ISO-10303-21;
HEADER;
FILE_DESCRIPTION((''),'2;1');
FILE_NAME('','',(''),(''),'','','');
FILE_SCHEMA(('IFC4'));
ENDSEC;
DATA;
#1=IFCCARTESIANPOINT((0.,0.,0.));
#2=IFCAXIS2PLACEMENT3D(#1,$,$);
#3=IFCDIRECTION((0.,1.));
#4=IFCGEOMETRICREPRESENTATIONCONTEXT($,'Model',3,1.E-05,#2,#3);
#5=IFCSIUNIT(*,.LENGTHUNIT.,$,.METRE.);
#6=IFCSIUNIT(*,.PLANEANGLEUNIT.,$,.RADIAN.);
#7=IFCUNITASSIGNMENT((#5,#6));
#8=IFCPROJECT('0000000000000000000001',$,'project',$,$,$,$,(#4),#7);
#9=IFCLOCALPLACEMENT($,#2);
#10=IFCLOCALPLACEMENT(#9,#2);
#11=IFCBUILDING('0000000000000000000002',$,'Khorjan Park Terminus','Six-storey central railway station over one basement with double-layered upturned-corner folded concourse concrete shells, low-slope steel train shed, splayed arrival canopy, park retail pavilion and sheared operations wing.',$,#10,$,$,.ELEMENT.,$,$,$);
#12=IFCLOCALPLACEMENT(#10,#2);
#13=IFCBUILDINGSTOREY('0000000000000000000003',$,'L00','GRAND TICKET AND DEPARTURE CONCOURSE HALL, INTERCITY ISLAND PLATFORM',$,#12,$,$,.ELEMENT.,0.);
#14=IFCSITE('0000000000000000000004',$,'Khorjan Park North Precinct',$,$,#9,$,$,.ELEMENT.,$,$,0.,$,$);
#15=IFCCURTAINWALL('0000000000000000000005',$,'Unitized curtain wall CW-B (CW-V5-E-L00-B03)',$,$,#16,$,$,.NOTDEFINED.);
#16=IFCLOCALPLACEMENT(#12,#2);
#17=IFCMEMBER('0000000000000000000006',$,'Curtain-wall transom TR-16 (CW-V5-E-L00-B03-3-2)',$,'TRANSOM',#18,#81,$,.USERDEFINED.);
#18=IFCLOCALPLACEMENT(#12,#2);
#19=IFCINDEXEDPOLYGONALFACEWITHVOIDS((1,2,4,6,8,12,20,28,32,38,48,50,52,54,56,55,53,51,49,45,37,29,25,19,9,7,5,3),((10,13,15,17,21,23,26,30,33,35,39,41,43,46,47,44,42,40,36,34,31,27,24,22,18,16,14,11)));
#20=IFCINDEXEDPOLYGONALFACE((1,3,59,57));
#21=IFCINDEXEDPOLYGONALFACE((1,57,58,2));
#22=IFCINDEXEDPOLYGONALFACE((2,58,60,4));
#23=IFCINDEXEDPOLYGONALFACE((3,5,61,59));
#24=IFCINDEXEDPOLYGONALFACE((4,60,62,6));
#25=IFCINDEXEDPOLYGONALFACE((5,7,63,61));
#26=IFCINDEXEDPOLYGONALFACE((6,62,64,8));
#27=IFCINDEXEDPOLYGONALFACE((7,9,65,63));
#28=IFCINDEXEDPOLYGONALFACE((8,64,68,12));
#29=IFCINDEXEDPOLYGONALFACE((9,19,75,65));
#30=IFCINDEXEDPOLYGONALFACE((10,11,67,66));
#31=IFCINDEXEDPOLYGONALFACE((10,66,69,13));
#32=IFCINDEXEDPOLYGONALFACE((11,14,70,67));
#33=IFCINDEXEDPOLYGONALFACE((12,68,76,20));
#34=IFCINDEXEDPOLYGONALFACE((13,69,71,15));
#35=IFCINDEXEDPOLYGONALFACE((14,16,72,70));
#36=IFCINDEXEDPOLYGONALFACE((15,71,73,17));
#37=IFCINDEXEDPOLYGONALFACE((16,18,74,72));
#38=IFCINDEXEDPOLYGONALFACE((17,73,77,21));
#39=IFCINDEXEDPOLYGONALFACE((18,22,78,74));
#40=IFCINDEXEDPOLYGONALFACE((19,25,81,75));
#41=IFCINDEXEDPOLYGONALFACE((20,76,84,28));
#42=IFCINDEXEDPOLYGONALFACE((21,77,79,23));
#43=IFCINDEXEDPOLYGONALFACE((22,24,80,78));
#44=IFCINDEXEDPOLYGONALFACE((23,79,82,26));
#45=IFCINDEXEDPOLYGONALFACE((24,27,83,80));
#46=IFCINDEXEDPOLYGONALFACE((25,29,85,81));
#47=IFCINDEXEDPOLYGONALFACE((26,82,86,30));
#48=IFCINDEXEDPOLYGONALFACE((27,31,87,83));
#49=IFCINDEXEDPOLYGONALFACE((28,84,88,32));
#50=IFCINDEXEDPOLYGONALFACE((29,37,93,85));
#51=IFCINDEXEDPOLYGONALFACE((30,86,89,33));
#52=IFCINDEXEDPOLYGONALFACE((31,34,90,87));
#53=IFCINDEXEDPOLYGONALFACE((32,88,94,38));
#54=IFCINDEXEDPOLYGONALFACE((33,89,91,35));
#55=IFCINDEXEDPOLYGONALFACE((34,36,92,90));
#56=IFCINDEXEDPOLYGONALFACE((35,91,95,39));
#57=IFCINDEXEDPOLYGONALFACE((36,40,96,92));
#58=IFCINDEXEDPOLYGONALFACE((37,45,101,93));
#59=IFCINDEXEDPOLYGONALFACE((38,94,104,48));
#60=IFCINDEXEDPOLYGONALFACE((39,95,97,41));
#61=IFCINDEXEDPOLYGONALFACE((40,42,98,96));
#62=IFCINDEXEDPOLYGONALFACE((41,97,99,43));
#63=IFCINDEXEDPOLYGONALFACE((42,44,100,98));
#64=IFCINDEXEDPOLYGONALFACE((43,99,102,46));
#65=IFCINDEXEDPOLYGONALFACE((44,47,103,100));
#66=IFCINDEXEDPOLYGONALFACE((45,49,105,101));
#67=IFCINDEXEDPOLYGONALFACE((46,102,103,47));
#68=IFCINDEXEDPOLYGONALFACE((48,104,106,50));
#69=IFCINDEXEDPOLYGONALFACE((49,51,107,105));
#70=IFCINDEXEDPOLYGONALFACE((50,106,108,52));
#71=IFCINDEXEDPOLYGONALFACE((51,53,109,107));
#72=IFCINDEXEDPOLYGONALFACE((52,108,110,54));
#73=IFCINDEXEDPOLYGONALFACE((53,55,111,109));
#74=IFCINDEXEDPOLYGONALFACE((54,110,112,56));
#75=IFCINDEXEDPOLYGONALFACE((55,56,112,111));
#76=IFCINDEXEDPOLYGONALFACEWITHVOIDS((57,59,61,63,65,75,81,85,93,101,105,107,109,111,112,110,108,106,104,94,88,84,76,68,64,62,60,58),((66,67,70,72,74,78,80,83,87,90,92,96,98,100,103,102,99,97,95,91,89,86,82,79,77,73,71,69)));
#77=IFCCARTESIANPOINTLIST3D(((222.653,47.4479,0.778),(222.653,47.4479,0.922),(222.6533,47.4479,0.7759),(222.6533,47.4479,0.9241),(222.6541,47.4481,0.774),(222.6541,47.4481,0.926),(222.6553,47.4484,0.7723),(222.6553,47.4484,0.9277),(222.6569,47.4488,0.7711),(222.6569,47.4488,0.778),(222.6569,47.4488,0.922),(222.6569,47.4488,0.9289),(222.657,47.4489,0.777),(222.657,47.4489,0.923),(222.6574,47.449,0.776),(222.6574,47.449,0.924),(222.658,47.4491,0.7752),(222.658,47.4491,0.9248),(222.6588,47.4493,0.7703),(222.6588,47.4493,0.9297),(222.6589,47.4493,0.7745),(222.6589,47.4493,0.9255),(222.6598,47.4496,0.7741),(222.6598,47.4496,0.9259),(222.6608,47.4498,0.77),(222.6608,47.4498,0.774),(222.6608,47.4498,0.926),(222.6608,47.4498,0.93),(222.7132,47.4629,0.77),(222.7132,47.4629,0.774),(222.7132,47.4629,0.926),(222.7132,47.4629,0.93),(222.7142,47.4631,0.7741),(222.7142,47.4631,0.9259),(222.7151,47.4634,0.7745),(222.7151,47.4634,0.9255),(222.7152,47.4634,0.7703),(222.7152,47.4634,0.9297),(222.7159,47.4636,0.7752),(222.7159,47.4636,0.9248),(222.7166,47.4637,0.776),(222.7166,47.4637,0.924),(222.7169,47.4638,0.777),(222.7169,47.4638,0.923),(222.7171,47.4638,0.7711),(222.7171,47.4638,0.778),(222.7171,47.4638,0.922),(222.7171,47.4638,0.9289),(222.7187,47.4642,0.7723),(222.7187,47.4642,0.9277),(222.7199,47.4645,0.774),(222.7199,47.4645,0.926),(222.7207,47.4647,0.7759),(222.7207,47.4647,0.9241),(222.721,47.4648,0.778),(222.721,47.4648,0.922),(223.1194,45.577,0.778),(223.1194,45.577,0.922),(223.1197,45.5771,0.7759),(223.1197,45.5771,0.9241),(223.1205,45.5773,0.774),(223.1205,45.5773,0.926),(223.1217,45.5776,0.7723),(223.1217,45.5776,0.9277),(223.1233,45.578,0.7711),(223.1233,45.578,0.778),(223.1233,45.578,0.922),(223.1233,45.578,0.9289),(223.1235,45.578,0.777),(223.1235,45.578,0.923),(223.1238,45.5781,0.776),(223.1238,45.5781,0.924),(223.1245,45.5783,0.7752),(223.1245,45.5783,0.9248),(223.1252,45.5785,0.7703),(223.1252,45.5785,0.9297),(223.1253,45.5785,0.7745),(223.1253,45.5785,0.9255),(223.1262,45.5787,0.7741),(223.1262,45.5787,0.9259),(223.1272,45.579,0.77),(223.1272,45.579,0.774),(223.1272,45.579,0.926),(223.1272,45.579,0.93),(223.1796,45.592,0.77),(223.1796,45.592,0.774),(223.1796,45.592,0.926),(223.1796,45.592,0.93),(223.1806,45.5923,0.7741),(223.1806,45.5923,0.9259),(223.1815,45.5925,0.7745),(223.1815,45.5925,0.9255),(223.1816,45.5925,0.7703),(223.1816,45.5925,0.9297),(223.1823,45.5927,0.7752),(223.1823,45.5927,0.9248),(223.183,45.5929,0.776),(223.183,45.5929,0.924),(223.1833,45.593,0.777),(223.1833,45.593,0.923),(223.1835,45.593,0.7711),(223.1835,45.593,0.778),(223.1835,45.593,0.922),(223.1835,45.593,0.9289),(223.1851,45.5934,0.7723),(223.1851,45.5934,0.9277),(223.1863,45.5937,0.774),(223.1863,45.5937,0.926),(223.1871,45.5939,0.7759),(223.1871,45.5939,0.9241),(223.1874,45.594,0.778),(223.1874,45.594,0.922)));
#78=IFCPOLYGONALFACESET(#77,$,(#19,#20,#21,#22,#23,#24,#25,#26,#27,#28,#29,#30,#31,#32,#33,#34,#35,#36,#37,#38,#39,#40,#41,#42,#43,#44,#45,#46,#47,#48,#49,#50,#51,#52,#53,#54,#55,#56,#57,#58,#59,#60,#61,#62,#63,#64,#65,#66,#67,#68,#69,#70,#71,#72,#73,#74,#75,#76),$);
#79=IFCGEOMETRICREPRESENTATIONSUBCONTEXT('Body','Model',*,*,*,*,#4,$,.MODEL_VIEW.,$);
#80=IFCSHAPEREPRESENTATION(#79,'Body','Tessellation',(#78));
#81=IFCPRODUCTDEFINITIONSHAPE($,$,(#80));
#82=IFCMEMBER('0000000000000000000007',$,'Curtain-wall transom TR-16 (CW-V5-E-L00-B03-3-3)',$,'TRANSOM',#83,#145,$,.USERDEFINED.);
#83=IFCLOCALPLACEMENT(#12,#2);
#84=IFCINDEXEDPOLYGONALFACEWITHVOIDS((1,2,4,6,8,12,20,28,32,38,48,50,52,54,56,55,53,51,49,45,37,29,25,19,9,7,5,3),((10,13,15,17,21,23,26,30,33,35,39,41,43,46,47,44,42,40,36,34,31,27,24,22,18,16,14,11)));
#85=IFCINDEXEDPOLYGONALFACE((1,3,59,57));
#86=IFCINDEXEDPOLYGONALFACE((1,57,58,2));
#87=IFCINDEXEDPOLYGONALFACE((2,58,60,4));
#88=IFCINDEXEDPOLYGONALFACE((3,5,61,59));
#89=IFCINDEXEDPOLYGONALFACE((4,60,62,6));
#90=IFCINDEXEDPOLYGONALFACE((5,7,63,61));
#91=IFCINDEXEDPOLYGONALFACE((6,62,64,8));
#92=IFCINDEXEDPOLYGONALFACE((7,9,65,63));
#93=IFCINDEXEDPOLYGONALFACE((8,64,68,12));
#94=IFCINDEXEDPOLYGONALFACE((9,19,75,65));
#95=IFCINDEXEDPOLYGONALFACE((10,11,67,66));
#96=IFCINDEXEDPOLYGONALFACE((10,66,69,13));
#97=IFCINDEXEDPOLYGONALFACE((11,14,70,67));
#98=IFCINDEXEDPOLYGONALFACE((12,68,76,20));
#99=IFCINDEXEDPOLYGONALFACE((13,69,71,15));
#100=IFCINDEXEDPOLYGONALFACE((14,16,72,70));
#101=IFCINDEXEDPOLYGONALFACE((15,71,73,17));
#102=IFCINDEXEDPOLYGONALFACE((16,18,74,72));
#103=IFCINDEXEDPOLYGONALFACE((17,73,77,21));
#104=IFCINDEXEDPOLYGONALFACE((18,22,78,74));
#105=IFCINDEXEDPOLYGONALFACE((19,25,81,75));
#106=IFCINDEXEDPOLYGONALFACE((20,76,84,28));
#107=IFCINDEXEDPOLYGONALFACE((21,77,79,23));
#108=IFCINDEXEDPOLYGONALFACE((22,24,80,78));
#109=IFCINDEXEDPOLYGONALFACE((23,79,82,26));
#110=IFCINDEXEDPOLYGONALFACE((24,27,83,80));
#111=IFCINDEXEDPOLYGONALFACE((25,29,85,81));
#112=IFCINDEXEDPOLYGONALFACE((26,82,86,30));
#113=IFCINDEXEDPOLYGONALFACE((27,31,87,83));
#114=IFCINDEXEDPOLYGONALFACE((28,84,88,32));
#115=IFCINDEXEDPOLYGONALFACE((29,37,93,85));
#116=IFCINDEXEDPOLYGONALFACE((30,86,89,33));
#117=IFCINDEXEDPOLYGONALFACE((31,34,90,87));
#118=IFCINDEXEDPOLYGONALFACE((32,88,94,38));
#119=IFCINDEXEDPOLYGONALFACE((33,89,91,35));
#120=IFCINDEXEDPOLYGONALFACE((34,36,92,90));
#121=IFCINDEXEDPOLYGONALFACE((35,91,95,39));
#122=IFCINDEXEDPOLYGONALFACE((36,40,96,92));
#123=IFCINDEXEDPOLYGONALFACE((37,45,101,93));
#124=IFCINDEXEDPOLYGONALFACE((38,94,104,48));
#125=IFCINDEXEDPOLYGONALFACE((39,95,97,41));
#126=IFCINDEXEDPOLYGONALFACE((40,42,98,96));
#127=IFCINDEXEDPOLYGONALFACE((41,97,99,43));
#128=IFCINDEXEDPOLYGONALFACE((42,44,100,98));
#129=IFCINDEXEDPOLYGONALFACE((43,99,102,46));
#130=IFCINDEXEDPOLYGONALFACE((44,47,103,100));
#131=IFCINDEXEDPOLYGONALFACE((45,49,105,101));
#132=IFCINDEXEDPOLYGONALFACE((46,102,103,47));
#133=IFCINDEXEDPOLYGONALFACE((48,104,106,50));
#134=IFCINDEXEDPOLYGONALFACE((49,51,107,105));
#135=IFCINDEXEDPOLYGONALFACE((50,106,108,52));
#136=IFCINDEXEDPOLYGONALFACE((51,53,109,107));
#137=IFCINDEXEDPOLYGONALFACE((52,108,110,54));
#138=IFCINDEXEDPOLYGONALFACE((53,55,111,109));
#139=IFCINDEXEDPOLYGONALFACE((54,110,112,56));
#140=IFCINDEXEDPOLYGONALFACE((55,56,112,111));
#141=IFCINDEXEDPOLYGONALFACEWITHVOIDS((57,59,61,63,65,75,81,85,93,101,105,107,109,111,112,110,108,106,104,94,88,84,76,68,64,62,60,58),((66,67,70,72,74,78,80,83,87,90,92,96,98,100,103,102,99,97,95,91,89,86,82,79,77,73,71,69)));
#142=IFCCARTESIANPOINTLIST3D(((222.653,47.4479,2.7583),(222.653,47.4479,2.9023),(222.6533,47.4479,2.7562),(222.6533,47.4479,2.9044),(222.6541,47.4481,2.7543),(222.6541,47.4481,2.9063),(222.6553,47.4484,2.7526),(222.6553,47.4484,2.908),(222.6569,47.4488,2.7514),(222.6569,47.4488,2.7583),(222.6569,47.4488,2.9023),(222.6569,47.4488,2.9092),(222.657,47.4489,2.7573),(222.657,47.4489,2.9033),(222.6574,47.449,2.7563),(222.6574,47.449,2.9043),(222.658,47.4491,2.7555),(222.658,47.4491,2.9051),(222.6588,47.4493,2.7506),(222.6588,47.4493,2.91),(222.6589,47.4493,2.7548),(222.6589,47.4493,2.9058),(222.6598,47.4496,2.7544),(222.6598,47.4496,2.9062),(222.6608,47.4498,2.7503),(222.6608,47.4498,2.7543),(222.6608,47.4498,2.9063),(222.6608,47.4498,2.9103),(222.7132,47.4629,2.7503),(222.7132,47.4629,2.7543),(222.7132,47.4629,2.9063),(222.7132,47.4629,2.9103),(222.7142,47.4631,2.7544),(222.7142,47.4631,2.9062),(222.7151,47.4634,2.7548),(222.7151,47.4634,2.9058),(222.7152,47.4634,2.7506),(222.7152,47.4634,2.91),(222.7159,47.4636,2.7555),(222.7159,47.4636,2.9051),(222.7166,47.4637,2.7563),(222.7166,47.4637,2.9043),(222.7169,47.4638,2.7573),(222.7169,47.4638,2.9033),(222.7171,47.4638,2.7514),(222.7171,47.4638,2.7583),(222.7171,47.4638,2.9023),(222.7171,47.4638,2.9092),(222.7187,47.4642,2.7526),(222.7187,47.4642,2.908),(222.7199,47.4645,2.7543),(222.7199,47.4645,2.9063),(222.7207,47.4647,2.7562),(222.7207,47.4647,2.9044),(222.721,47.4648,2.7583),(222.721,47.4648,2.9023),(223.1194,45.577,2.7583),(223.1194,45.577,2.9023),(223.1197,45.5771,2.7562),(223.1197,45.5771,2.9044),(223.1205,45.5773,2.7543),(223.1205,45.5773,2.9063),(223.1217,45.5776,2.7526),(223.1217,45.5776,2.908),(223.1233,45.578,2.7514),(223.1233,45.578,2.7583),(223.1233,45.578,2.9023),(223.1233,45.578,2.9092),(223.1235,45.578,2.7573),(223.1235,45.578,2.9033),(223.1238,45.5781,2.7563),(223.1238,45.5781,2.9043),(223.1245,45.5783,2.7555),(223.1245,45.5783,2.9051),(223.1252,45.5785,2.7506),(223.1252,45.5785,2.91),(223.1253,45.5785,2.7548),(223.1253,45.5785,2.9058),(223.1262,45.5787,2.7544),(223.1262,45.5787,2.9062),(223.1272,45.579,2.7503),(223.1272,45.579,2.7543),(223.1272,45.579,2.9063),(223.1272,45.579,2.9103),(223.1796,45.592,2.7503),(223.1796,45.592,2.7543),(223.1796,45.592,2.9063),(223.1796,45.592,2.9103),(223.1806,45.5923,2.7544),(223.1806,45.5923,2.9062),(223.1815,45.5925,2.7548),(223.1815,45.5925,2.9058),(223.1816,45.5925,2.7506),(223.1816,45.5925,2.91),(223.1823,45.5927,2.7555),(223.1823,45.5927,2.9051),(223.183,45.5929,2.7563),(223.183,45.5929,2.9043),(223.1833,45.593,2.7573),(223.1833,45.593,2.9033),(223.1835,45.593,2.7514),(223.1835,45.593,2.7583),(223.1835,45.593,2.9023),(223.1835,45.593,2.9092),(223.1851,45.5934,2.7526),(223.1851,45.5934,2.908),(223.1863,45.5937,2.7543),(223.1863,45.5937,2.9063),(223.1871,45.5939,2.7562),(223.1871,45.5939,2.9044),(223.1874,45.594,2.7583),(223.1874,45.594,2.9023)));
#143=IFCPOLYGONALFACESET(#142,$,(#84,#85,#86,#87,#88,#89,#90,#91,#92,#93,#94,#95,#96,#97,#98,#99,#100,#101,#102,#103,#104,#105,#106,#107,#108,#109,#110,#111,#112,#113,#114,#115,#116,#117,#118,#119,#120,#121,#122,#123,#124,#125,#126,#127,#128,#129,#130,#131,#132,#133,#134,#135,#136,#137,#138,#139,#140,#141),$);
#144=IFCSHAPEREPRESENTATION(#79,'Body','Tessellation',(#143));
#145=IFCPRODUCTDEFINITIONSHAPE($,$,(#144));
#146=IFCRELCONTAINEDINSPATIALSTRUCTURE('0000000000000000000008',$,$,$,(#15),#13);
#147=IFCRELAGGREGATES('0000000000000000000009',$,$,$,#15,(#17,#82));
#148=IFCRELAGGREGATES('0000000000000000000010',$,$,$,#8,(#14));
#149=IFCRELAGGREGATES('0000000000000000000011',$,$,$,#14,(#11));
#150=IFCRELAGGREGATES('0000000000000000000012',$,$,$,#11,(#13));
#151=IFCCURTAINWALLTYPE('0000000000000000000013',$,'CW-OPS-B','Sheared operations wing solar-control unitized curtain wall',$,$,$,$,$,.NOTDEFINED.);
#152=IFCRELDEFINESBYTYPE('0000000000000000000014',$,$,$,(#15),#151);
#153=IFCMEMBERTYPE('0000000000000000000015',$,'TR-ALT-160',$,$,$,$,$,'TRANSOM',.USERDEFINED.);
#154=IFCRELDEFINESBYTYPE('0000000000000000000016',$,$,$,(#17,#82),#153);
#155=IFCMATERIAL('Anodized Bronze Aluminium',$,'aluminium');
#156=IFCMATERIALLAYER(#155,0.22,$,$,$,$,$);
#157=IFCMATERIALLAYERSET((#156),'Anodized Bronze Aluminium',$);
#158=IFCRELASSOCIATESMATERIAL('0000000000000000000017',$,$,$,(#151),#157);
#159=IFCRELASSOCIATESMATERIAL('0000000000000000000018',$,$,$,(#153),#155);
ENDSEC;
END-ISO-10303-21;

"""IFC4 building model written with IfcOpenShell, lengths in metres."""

from ifc_helpers import new_model, si_unit, direction, frame, origin, origin_2d, place, context, subcontext, project, spatial, hollow_rectangle, extrude, material, layer, layer_set, material_profile, profile_set, type_object, element, aggregate, save


model = new_model("IFC4")

# Units and contexts
model_context = context("Model", 3, precision=1e-05, world=origin(), true_north=direction((0.0, 1.0)))
body_context = subcontext(model_context, "Body", "Model", "MODEL_VIEW")
ifc_project = project(units=[si_unit("LENGTHUNIT", "METRE"), si_unit("PLANEANGLEUNIT", "RADIAN")], contexts=[model_context])

# Site, building, storey
site_placement = place(None, origin())
site = spatial("IfcSite", under=ifc_project, at=site_placement, Name="Khorjan Park North Precinct", CompositionType="ELEMENT", RefElevation=0.0)
building_placement = place(site_placement, origin())
building = spatial("IfcBuilding", under=site, at=building_placement, Name="Khorjan Park Terminus", Description="Six-storey central railway station over one basement with double-layered upturned-corner folded concourse concrete shells, low-slope steel train shed, splayed arrival canopy, park retail pavilion and sheared operations wing.", CompositionType="ELEMENT")
storey_placement = place(building_placement, origin())
storey = spatial("IfcBuildingStorey", under=building, at=storey_placement, Name="L00", Description="GRAND TICKET AND DEPARTURE CONCOURSE HALL, INTERCITY ISLAND PLATFORM", CompositionType="ELEMENT", Elevation=0.0)

# Curtain wall, members
ifc_material_1 = material(Name="Anodized Bronze Aluminium", Category="aluminium")
ifc_layer_1 = layer(ifc_material_1, 0.22)
ifc_layer_set_1 = layer_set([ifc_layer_1], Name="Anodized Bronze Aluminium")
curtain_wall_type = type_object("IfcCurtainWallType", Name="CW-OPS-B", Description="Sheared operations wing solar-control unitized curtain wall", PredefinedType="NOTDEFINED", material=ifc_layer_set_1)
curtain_wall_placement = place(storey_placement, origin())
curtain_wall = element("IfcCurtainWall", 1, at=curtain_wall_placement, inside=storey, type_object=curtain_wall_type, Name="Unitized curtain wall CW-B (CW-V5-E-L00-B03)", PredefinedType="NOTDEFINED")
ifc_material_profile_1 = material_profile(ifc_material_1, hollow_rectangle(XDim=0.07, YDim=0.16, WallThickness=0.004, InnerFilletRadius=0.004, OuterFilletRadius=0.008, at=origin_2d()), Name="ALT 70x160x4")
ifc_profile_set_1 = profile_set([ifc_material_profile_1], Name="Anodized Bronze Aluminium")
member_type_1 = type_object("IfcMemberType", Name="TR-ALT-160", ElementType="TRANSOM", PredefinedType="USERDEFINED", material=ifc_profile_set_1)
member_1_placement = place(storey_placement, frame((223.1534, 45.5855, 0.85), z_axis=(-0.241901, 0.970301, 0.0), x_axis=(-0.970301, -0.241901, 0.0)))
member_1 = element("IfcMember", 2, at=member_1_placement, type_object=member_type_1, Name="Curtain-wall transom TR-16 (CW-V5-E-L00-B03-3-2)", ObjectType="TRANSOM", PredefinedType="USERDEFINED", context=body_context, shape_type="SweptSolid", body=[
    extrude(hollow_rectangle(XDim=0.07, YDim=0.16, WallThickness=0.004, InnerFilletRadius=0.004, OuterFilletRadius=0.008, at=origin_2d()), origin(), (0.0, 0.0, 1.0), 1.9281),
])
member_2_placement = place(storey_placement, frame((223.1534, 45.5855, 2.8303), z_axis=(-0.241901, 0.970301, 0.0), x_axis=(-0.970301, -0.241901, 0.0)))
member_2 = element("IfcMember", 3, at=member_2_placement, type_object=member_type_1, Name="Curtain-wall transom TR-16 (CW-V5-E-L00-B03-3-3)", ObjectType="TRANSOM", PredefinedType="USERDEFINED", context=body_context, shape_type="SweptSolid", body=[
    extrude(hollow_rectangle(XDim=0.07, YDim=0.16, WallThickness=0.004, InnerFilletRadius=0.004, OuterFilletRadius=0.008, at=origin_2d()), origin(), (0.0, 0.0, 1.0), 1.9281),
])
aggregate(curtain_wall, [member_1, member_2])

save(model, "model.ifc")
